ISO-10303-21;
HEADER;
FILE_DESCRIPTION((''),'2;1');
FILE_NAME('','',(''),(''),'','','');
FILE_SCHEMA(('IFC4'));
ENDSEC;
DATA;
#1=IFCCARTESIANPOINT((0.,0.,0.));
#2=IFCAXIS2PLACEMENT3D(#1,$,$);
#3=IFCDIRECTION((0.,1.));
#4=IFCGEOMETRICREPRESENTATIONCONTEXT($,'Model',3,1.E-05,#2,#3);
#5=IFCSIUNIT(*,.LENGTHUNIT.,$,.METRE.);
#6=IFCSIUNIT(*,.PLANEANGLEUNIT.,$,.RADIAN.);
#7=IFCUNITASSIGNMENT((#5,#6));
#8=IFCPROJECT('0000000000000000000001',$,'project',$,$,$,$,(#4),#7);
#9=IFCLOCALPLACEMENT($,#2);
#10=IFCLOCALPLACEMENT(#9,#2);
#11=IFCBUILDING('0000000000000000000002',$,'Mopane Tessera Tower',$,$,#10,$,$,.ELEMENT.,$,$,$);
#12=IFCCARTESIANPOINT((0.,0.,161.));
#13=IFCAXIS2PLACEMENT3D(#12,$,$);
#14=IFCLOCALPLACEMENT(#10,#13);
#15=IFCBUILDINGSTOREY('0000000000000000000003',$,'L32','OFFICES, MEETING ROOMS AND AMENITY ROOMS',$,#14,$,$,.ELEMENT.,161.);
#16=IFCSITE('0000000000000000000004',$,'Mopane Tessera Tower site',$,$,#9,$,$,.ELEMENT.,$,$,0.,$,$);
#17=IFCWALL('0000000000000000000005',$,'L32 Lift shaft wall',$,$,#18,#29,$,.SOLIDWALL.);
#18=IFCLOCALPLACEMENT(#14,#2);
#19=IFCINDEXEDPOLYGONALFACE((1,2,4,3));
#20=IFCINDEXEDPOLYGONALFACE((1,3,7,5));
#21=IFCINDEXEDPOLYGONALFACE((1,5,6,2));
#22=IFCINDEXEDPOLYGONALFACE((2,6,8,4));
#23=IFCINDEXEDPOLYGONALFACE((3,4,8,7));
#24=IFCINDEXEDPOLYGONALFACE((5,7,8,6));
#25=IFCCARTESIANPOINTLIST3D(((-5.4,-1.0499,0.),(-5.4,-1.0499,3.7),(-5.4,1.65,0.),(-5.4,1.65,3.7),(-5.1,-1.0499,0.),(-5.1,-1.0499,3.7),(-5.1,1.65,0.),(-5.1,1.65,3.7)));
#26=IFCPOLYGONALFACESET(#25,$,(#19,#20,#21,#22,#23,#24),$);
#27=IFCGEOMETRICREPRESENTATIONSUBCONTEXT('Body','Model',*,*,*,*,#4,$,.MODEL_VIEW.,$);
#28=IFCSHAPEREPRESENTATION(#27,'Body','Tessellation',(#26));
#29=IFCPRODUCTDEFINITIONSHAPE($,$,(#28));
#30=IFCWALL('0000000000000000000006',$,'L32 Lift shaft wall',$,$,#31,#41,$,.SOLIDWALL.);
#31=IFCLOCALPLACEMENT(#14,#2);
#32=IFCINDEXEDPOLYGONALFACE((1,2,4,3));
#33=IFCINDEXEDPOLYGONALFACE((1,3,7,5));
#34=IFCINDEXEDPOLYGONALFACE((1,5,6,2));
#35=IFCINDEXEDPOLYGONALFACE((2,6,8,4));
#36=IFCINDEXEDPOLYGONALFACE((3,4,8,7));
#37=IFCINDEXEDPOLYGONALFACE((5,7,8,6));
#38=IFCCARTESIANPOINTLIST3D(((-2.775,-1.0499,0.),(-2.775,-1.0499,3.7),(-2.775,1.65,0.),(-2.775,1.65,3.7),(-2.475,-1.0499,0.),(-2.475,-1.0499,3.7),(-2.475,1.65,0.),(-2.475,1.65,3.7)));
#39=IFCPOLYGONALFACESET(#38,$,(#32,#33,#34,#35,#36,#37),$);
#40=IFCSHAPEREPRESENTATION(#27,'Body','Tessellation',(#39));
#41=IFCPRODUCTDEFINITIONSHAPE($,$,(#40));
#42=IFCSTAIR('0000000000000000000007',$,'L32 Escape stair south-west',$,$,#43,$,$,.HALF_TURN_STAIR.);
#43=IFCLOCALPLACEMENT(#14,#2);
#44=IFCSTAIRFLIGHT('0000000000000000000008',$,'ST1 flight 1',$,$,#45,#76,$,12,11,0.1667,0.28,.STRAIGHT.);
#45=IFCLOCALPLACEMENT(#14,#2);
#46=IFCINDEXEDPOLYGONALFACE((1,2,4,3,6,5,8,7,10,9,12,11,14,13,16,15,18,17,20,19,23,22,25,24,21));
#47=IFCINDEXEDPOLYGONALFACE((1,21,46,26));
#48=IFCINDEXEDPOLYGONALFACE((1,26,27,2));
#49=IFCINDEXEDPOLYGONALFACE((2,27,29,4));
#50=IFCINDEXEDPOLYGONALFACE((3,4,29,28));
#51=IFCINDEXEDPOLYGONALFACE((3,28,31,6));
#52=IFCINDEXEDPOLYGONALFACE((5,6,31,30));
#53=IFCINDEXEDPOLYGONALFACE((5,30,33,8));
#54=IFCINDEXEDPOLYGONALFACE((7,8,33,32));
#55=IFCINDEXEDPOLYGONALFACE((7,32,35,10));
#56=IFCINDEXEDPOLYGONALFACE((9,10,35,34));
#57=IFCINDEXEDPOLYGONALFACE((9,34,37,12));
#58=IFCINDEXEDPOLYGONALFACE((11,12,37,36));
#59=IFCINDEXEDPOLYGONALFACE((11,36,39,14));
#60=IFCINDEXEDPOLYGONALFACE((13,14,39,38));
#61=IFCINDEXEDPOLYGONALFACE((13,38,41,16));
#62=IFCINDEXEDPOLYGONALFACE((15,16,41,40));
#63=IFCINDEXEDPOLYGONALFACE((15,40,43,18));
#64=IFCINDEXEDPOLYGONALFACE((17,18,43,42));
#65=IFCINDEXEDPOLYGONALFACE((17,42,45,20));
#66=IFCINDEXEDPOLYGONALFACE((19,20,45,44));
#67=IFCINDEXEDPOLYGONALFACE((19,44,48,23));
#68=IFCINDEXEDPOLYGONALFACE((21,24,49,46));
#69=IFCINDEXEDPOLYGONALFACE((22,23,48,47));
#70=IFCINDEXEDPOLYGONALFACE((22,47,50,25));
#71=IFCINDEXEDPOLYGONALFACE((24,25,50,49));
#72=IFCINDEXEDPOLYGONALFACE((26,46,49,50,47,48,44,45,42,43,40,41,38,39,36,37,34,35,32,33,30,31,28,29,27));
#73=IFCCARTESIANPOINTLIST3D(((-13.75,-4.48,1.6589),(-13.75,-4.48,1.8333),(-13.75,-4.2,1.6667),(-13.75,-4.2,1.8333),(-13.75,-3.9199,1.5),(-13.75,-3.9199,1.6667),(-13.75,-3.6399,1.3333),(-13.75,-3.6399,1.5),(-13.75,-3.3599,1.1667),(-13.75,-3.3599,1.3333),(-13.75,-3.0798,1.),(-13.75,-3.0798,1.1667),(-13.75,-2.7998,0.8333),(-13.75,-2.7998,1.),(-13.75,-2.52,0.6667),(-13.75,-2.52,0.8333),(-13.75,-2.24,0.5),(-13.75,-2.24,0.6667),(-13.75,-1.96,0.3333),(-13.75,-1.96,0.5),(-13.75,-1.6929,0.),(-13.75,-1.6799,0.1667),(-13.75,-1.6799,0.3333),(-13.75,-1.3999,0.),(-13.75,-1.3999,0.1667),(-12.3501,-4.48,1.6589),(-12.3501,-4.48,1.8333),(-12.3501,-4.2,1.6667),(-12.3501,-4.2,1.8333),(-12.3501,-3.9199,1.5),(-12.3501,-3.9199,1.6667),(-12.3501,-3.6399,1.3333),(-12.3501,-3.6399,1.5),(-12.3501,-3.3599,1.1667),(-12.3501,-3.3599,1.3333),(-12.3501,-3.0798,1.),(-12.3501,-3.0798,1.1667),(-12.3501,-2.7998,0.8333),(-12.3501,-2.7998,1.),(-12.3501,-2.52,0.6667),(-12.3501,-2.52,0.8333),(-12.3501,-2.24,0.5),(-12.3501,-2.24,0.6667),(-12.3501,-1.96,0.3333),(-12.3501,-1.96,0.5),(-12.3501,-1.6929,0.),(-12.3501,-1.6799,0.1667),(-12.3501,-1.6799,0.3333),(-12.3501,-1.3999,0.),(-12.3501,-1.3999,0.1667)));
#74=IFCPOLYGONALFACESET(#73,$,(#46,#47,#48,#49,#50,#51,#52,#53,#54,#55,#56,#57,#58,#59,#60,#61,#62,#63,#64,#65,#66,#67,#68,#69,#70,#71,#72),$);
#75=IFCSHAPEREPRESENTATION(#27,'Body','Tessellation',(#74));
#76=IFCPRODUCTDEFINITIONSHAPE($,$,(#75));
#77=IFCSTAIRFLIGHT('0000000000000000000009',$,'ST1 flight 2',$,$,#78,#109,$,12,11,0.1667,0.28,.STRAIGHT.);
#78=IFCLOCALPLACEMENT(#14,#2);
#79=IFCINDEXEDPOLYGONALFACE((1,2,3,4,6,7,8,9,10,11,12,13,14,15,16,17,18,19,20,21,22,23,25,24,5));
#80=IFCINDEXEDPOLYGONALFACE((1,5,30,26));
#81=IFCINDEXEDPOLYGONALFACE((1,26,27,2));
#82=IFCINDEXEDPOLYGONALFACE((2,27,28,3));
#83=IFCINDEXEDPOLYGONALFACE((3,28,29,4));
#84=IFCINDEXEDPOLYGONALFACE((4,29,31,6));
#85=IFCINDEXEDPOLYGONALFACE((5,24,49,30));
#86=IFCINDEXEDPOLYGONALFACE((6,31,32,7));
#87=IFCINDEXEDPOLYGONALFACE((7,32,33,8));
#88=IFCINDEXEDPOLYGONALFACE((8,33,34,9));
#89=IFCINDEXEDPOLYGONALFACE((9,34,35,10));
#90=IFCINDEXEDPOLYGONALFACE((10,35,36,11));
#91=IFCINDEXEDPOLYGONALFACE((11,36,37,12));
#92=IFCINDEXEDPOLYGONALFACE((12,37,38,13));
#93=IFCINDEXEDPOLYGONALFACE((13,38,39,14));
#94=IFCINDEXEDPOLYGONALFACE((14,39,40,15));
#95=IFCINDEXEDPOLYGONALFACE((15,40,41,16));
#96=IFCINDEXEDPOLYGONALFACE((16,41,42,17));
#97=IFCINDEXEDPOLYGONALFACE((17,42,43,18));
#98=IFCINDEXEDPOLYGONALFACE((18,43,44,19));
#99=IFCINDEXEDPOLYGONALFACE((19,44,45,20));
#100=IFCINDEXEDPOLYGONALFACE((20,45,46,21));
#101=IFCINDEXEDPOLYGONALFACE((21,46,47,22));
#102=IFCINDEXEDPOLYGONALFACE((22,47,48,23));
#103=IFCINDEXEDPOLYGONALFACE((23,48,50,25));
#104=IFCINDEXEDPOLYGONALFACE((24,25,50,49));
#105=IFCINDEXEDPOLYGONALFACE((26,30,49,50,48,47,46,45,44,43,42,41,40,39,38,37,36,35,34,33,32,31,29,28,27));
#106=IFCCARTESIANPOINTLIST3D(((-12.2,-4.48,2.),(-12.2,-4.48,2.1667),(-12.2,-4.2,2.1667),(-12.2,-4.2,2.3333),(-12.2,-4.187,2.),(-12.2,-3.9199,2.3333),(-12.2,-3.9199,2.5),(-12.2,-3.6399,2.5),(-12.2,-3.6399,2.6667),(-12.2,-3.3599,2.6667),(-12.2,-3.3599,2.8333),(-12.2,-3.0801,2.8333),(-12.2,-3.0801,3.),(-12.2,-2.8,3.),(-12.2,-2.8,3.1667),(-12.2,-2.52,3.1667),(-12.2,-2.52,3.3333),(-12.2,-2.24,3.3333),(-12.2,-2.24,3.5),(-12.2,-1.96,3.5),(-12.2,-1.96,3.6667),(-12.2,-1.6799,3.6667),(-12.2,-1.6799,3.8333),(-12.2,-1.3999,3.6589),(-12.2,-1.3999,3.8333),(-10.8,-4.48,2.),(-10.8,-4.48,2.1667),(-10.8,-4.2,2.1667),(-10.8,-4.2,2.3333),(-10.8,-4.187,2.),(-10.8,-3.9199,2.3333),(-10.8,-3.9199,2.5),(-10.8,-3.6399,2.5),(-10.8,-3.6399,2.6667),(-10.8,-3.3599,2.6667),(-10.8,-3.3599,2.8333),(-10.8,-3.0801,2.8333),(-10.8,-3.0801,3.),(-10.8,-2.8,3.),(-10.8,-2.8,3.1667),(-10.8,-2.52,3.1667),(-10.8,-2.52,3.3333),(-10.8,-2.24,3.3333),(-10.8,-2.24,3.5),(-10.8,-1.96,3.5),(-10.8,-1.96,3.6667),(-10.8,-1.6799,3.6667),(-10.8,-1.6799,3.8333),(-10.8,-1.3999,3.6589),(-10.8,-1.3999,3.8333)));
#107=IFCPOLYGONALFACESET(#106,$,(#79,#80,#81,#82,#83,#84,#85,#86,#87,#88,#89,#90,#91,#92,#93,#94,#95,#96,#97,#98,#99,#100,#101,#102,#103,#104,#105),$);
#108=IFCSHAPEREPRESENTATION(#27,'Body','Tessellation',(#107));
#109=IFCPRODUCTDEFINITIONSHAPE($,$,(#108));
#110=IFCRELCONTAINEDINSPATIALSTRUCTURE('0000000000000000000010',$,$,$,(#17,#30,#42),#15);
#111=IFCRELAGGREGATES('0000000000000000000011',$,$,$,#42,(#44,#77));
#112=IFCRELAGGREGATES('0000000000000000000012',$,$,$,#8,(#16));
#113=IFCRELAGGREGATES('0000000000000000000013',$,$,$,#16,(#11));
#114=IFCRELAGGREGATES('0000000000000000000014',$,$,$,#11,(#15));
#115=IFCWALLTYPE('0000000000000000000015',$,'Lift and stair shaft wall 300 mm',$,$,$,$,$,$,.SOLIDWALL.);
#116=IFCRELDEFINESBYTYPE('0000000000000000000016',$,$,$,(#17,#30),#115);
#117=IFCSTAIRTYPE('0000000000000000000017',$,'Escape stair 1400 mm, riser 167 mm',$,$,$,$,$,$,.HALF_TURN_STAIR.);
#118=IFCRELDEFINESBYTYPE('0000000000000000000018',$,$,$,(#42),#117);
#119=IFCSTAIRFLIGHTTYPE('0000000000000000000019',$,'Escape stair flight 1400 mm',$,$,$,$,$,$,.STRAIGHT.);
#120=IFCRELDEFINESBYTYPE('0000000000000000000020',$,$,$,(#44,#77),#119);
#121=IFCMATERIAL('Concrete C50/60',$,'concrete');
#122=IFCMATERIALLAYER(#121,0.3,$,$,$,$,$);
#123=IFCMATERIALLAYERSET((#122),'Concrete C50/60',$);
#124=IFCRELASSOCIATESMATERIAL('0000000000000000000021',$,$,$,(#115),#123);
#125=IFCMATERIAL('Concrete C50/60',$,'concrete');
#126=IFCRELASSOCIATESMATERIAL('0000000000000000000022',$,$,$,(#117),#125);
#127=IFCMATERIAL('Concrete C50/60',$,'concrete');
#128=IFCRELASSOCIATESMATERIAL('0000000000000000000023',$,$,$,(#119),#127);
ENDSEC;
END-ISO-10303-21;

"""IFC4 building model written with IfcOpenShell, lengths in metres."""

from ifc_helpers import new_model, si_unit, direction, frame, frame_2d, origin, place, context, subcontext, project, spatial, polyline, rectangle, outline, extrude, material, layer, layer_set, type_object, element, aggregate, save


model = new_model("IFC4")

# Units and contexts
model_context = context("Model", 3, precision=1e-05, world=origin(), true_north=direction((0.0, 1.0)))
body_context = subcontext(model_context, "Body", "Model", "MODEL_VIEW")
ifc_project = project(units=[si_unit("LENGTHUNIT", "METRE"), si_unit("PLANEANGLEUNIT", "RADIAN")], contexts=[model_context])

# Site, building, storey
site_placement = place(None, origin())
site = spatial("IfcSite", under=ifc_project, at=site_placement, Name="Mopane Tessera Tower site", CompositionType="ELEMENT", RefElevation=0.0)
building_placement = place(site_placement, origin())
building = spatial("IfcBuilding", under=site, at=building_placement, Name="Mopane Tessera Tower", CompositionType="ELEMENT")
storey_placement = place(building_placement, frame((0.0, 0.0, 161.0)))
storey = spatial("IfcBuildingStorey", under=building, at=storey_placement, Name="L32", Description="OFFICES, MEETING ROOMS AND AMENITY ROOMS", CompositionType="ELEMENT", Elevation=161.0)

# Walls
ifc_material_1 = material(Name="Concrete C50/60", Category="concrete")
ifc_layer_1 = layer(ifc_material_1, 0.3)
ifc_layer_set_1 = layer_set([ifc_layer_1], Name="Concrete C50/60")
wall_type_1 = type_object("IfcWallType", Name="Lift and stair shaft wall 300 mm", PredefinedType="SOLIDWALL", material=ifc_layer_set_1)
for number, where, z_axis, x_axis, name in (
    (1, (-5.25, -1.05, 0.0), (0.0, 0.0, 1.0), (0.0, 1.0, 0.0), "L32 Lift shaft wall"),
    (2, (-2.625, -1.05, 0.0), (0.0, 0.0, 1.0), (0.0, 1.0, 0.0), "L32 Lift shaft wall"),
):
    element("IfcWall", number, at=place(storey_placement, frame(where, z_axis=z_axis, x_axis=x_axis)), inside=storey, type_object=wall_type_1, Name=name, PredefinedType="SOLIDWALL", context=body_context, shape_type="SweptSolid", body=[
        extrude(rectangle(XDim=2.7, YDim=0.3, at=frame_2d((1.3501, 0.0))), origin(), (0.0, 0.0, 1.0), 3.7),
    ])

# Stair, stair flights
ifc_material_2 = material(Name="Concrete C50/60", Category="concrete")
stair_type = type_object("IfcStairType", Name="Escape stair 1400 mm, riser 167 mm", PredefinedType="HALF_TURN_STAIR", material=ifc_material_2)
stair_placement = place(storey_placement, origin())
stair = element("IfcStair", 3, at=stair_placement, inside=storey, type_object=stair_type, Name="L32 Escape stair south-west", PredefinedType="HALF_TURN_STAIR")
ifc_material_3 = material(Name="Concrete C50/60", Category="concrete")
stair_flight_type = type_object("IfcStairFlightType", Name="Escape stair flight 1400 mm", PredefinedType="STRAIGHT", material=ifc_material_3)
stair_flight_1_placement = place(storey_placement, frame((-13.05, -1.3999, 0.0), z_axis=(0.0, 0.0, 1.0), x_axis=(0.0, -1.0, 0.0)))
stair_flight_1 = element("IfcStairFlight", 4, at=stair_flight_1_placement, type_object=stair_flight_type, Name="ST1 flight 1", NumberOfRisers=12, NumberOfTreads=11, PredefinedType="STRAIGHT", RiserHeight=0.1667, TreadLength=0.28, context=body_context, shape_type="SweptSolid", body=[
    extrude(outline(polyline([(0.0, 0.0), (0.0, 0.1667), (0.28, 0.1667), (0.28, 0.3333), (0.5601, 0.3333), (0.5601, 0.5), (0.8401, 0.5), (0.8401, 0.6667), (1.1201, 0.6667), (1.1201, 0.8333), (1.3999, 0.8333), (1.3999, 1.0), (1.6799, 1.0), (1.6799, 1.1667), (1.96, 1.1667), (1.96, 1.3333), (2.24, 1.3333), (2.24, 1.5), (2.52, 1.5), (2.52, 1.6667), (2.8, 1.6667), (2.8, 1.8333), (3.0801, 1.8333), (3.0801, 2.0), (3.0801, 1.6589), (0.293, 0.0), (0.0, 0.0)])), frame((0.0, 0.7, 0.0), z_axis=(0.0, -1.0, 0.0), x_axis=(1.0, 0.0, 0.0)), (0.0, 0.0, 1.0), 1.3999),
])
stair_flight_2_placement = place(storey_placement, frame((-11.5, -4.48, 2.0), z_axis=(0.0, 0.0, 1.0), x_axis=(0.0, 1.0, 0.0)))
stair_flight_2 = element("IfcStairFlight", 5, at=stair_flight_2_placement, type_object=stair_flight_type, Name="ST1 flight 2", NumberOfRisers=12, NumberOfTreads=11, PredefinedType="STRAIGHT", RiserHeight=0.1667, TreadLength=0.28, context=body_context, shape_type="SweptSolid", body=[
    extrude(outline(polyline([(0.0, 0.0), (0.0, 0.1667), (0.28, 0.1667), (0.28, 0.3333), (0.5601, 0.3333), (0.5601, 0.5), (0.8401, 0.5), (0.8401, 0.6667), (1.1201, 0.6667), (1.1201, 0.8333), (1.3999, 0.8333), (1.3999, 1.0), (1.6799, 1.0), (1.6799, 1.1667), (1.96, 1.1667), (1.96, 1.3333), (2.24, 1.3333), (2.24, 1.5), (2.52, 1.5), (2.52, 1.6667), (2.8, 1.6667), (2.8, 1.8333), (3.0801, 1.8333), (3.0801, 2.0), (3.0801, 1.6589), (0.293, 0.0), (0.0, 0.0)])), frame((0.0, 0.7, 0.0), z_axis=(0.0, -1.0, 0.0), x_axis=(1.0, 0.0, 0.0)), (0.0, 0.0, 1.0), 1.3999),
])
aggregate(stair, [stair_flight_1, stair_flight_2])

save(model, "model.ifc")
